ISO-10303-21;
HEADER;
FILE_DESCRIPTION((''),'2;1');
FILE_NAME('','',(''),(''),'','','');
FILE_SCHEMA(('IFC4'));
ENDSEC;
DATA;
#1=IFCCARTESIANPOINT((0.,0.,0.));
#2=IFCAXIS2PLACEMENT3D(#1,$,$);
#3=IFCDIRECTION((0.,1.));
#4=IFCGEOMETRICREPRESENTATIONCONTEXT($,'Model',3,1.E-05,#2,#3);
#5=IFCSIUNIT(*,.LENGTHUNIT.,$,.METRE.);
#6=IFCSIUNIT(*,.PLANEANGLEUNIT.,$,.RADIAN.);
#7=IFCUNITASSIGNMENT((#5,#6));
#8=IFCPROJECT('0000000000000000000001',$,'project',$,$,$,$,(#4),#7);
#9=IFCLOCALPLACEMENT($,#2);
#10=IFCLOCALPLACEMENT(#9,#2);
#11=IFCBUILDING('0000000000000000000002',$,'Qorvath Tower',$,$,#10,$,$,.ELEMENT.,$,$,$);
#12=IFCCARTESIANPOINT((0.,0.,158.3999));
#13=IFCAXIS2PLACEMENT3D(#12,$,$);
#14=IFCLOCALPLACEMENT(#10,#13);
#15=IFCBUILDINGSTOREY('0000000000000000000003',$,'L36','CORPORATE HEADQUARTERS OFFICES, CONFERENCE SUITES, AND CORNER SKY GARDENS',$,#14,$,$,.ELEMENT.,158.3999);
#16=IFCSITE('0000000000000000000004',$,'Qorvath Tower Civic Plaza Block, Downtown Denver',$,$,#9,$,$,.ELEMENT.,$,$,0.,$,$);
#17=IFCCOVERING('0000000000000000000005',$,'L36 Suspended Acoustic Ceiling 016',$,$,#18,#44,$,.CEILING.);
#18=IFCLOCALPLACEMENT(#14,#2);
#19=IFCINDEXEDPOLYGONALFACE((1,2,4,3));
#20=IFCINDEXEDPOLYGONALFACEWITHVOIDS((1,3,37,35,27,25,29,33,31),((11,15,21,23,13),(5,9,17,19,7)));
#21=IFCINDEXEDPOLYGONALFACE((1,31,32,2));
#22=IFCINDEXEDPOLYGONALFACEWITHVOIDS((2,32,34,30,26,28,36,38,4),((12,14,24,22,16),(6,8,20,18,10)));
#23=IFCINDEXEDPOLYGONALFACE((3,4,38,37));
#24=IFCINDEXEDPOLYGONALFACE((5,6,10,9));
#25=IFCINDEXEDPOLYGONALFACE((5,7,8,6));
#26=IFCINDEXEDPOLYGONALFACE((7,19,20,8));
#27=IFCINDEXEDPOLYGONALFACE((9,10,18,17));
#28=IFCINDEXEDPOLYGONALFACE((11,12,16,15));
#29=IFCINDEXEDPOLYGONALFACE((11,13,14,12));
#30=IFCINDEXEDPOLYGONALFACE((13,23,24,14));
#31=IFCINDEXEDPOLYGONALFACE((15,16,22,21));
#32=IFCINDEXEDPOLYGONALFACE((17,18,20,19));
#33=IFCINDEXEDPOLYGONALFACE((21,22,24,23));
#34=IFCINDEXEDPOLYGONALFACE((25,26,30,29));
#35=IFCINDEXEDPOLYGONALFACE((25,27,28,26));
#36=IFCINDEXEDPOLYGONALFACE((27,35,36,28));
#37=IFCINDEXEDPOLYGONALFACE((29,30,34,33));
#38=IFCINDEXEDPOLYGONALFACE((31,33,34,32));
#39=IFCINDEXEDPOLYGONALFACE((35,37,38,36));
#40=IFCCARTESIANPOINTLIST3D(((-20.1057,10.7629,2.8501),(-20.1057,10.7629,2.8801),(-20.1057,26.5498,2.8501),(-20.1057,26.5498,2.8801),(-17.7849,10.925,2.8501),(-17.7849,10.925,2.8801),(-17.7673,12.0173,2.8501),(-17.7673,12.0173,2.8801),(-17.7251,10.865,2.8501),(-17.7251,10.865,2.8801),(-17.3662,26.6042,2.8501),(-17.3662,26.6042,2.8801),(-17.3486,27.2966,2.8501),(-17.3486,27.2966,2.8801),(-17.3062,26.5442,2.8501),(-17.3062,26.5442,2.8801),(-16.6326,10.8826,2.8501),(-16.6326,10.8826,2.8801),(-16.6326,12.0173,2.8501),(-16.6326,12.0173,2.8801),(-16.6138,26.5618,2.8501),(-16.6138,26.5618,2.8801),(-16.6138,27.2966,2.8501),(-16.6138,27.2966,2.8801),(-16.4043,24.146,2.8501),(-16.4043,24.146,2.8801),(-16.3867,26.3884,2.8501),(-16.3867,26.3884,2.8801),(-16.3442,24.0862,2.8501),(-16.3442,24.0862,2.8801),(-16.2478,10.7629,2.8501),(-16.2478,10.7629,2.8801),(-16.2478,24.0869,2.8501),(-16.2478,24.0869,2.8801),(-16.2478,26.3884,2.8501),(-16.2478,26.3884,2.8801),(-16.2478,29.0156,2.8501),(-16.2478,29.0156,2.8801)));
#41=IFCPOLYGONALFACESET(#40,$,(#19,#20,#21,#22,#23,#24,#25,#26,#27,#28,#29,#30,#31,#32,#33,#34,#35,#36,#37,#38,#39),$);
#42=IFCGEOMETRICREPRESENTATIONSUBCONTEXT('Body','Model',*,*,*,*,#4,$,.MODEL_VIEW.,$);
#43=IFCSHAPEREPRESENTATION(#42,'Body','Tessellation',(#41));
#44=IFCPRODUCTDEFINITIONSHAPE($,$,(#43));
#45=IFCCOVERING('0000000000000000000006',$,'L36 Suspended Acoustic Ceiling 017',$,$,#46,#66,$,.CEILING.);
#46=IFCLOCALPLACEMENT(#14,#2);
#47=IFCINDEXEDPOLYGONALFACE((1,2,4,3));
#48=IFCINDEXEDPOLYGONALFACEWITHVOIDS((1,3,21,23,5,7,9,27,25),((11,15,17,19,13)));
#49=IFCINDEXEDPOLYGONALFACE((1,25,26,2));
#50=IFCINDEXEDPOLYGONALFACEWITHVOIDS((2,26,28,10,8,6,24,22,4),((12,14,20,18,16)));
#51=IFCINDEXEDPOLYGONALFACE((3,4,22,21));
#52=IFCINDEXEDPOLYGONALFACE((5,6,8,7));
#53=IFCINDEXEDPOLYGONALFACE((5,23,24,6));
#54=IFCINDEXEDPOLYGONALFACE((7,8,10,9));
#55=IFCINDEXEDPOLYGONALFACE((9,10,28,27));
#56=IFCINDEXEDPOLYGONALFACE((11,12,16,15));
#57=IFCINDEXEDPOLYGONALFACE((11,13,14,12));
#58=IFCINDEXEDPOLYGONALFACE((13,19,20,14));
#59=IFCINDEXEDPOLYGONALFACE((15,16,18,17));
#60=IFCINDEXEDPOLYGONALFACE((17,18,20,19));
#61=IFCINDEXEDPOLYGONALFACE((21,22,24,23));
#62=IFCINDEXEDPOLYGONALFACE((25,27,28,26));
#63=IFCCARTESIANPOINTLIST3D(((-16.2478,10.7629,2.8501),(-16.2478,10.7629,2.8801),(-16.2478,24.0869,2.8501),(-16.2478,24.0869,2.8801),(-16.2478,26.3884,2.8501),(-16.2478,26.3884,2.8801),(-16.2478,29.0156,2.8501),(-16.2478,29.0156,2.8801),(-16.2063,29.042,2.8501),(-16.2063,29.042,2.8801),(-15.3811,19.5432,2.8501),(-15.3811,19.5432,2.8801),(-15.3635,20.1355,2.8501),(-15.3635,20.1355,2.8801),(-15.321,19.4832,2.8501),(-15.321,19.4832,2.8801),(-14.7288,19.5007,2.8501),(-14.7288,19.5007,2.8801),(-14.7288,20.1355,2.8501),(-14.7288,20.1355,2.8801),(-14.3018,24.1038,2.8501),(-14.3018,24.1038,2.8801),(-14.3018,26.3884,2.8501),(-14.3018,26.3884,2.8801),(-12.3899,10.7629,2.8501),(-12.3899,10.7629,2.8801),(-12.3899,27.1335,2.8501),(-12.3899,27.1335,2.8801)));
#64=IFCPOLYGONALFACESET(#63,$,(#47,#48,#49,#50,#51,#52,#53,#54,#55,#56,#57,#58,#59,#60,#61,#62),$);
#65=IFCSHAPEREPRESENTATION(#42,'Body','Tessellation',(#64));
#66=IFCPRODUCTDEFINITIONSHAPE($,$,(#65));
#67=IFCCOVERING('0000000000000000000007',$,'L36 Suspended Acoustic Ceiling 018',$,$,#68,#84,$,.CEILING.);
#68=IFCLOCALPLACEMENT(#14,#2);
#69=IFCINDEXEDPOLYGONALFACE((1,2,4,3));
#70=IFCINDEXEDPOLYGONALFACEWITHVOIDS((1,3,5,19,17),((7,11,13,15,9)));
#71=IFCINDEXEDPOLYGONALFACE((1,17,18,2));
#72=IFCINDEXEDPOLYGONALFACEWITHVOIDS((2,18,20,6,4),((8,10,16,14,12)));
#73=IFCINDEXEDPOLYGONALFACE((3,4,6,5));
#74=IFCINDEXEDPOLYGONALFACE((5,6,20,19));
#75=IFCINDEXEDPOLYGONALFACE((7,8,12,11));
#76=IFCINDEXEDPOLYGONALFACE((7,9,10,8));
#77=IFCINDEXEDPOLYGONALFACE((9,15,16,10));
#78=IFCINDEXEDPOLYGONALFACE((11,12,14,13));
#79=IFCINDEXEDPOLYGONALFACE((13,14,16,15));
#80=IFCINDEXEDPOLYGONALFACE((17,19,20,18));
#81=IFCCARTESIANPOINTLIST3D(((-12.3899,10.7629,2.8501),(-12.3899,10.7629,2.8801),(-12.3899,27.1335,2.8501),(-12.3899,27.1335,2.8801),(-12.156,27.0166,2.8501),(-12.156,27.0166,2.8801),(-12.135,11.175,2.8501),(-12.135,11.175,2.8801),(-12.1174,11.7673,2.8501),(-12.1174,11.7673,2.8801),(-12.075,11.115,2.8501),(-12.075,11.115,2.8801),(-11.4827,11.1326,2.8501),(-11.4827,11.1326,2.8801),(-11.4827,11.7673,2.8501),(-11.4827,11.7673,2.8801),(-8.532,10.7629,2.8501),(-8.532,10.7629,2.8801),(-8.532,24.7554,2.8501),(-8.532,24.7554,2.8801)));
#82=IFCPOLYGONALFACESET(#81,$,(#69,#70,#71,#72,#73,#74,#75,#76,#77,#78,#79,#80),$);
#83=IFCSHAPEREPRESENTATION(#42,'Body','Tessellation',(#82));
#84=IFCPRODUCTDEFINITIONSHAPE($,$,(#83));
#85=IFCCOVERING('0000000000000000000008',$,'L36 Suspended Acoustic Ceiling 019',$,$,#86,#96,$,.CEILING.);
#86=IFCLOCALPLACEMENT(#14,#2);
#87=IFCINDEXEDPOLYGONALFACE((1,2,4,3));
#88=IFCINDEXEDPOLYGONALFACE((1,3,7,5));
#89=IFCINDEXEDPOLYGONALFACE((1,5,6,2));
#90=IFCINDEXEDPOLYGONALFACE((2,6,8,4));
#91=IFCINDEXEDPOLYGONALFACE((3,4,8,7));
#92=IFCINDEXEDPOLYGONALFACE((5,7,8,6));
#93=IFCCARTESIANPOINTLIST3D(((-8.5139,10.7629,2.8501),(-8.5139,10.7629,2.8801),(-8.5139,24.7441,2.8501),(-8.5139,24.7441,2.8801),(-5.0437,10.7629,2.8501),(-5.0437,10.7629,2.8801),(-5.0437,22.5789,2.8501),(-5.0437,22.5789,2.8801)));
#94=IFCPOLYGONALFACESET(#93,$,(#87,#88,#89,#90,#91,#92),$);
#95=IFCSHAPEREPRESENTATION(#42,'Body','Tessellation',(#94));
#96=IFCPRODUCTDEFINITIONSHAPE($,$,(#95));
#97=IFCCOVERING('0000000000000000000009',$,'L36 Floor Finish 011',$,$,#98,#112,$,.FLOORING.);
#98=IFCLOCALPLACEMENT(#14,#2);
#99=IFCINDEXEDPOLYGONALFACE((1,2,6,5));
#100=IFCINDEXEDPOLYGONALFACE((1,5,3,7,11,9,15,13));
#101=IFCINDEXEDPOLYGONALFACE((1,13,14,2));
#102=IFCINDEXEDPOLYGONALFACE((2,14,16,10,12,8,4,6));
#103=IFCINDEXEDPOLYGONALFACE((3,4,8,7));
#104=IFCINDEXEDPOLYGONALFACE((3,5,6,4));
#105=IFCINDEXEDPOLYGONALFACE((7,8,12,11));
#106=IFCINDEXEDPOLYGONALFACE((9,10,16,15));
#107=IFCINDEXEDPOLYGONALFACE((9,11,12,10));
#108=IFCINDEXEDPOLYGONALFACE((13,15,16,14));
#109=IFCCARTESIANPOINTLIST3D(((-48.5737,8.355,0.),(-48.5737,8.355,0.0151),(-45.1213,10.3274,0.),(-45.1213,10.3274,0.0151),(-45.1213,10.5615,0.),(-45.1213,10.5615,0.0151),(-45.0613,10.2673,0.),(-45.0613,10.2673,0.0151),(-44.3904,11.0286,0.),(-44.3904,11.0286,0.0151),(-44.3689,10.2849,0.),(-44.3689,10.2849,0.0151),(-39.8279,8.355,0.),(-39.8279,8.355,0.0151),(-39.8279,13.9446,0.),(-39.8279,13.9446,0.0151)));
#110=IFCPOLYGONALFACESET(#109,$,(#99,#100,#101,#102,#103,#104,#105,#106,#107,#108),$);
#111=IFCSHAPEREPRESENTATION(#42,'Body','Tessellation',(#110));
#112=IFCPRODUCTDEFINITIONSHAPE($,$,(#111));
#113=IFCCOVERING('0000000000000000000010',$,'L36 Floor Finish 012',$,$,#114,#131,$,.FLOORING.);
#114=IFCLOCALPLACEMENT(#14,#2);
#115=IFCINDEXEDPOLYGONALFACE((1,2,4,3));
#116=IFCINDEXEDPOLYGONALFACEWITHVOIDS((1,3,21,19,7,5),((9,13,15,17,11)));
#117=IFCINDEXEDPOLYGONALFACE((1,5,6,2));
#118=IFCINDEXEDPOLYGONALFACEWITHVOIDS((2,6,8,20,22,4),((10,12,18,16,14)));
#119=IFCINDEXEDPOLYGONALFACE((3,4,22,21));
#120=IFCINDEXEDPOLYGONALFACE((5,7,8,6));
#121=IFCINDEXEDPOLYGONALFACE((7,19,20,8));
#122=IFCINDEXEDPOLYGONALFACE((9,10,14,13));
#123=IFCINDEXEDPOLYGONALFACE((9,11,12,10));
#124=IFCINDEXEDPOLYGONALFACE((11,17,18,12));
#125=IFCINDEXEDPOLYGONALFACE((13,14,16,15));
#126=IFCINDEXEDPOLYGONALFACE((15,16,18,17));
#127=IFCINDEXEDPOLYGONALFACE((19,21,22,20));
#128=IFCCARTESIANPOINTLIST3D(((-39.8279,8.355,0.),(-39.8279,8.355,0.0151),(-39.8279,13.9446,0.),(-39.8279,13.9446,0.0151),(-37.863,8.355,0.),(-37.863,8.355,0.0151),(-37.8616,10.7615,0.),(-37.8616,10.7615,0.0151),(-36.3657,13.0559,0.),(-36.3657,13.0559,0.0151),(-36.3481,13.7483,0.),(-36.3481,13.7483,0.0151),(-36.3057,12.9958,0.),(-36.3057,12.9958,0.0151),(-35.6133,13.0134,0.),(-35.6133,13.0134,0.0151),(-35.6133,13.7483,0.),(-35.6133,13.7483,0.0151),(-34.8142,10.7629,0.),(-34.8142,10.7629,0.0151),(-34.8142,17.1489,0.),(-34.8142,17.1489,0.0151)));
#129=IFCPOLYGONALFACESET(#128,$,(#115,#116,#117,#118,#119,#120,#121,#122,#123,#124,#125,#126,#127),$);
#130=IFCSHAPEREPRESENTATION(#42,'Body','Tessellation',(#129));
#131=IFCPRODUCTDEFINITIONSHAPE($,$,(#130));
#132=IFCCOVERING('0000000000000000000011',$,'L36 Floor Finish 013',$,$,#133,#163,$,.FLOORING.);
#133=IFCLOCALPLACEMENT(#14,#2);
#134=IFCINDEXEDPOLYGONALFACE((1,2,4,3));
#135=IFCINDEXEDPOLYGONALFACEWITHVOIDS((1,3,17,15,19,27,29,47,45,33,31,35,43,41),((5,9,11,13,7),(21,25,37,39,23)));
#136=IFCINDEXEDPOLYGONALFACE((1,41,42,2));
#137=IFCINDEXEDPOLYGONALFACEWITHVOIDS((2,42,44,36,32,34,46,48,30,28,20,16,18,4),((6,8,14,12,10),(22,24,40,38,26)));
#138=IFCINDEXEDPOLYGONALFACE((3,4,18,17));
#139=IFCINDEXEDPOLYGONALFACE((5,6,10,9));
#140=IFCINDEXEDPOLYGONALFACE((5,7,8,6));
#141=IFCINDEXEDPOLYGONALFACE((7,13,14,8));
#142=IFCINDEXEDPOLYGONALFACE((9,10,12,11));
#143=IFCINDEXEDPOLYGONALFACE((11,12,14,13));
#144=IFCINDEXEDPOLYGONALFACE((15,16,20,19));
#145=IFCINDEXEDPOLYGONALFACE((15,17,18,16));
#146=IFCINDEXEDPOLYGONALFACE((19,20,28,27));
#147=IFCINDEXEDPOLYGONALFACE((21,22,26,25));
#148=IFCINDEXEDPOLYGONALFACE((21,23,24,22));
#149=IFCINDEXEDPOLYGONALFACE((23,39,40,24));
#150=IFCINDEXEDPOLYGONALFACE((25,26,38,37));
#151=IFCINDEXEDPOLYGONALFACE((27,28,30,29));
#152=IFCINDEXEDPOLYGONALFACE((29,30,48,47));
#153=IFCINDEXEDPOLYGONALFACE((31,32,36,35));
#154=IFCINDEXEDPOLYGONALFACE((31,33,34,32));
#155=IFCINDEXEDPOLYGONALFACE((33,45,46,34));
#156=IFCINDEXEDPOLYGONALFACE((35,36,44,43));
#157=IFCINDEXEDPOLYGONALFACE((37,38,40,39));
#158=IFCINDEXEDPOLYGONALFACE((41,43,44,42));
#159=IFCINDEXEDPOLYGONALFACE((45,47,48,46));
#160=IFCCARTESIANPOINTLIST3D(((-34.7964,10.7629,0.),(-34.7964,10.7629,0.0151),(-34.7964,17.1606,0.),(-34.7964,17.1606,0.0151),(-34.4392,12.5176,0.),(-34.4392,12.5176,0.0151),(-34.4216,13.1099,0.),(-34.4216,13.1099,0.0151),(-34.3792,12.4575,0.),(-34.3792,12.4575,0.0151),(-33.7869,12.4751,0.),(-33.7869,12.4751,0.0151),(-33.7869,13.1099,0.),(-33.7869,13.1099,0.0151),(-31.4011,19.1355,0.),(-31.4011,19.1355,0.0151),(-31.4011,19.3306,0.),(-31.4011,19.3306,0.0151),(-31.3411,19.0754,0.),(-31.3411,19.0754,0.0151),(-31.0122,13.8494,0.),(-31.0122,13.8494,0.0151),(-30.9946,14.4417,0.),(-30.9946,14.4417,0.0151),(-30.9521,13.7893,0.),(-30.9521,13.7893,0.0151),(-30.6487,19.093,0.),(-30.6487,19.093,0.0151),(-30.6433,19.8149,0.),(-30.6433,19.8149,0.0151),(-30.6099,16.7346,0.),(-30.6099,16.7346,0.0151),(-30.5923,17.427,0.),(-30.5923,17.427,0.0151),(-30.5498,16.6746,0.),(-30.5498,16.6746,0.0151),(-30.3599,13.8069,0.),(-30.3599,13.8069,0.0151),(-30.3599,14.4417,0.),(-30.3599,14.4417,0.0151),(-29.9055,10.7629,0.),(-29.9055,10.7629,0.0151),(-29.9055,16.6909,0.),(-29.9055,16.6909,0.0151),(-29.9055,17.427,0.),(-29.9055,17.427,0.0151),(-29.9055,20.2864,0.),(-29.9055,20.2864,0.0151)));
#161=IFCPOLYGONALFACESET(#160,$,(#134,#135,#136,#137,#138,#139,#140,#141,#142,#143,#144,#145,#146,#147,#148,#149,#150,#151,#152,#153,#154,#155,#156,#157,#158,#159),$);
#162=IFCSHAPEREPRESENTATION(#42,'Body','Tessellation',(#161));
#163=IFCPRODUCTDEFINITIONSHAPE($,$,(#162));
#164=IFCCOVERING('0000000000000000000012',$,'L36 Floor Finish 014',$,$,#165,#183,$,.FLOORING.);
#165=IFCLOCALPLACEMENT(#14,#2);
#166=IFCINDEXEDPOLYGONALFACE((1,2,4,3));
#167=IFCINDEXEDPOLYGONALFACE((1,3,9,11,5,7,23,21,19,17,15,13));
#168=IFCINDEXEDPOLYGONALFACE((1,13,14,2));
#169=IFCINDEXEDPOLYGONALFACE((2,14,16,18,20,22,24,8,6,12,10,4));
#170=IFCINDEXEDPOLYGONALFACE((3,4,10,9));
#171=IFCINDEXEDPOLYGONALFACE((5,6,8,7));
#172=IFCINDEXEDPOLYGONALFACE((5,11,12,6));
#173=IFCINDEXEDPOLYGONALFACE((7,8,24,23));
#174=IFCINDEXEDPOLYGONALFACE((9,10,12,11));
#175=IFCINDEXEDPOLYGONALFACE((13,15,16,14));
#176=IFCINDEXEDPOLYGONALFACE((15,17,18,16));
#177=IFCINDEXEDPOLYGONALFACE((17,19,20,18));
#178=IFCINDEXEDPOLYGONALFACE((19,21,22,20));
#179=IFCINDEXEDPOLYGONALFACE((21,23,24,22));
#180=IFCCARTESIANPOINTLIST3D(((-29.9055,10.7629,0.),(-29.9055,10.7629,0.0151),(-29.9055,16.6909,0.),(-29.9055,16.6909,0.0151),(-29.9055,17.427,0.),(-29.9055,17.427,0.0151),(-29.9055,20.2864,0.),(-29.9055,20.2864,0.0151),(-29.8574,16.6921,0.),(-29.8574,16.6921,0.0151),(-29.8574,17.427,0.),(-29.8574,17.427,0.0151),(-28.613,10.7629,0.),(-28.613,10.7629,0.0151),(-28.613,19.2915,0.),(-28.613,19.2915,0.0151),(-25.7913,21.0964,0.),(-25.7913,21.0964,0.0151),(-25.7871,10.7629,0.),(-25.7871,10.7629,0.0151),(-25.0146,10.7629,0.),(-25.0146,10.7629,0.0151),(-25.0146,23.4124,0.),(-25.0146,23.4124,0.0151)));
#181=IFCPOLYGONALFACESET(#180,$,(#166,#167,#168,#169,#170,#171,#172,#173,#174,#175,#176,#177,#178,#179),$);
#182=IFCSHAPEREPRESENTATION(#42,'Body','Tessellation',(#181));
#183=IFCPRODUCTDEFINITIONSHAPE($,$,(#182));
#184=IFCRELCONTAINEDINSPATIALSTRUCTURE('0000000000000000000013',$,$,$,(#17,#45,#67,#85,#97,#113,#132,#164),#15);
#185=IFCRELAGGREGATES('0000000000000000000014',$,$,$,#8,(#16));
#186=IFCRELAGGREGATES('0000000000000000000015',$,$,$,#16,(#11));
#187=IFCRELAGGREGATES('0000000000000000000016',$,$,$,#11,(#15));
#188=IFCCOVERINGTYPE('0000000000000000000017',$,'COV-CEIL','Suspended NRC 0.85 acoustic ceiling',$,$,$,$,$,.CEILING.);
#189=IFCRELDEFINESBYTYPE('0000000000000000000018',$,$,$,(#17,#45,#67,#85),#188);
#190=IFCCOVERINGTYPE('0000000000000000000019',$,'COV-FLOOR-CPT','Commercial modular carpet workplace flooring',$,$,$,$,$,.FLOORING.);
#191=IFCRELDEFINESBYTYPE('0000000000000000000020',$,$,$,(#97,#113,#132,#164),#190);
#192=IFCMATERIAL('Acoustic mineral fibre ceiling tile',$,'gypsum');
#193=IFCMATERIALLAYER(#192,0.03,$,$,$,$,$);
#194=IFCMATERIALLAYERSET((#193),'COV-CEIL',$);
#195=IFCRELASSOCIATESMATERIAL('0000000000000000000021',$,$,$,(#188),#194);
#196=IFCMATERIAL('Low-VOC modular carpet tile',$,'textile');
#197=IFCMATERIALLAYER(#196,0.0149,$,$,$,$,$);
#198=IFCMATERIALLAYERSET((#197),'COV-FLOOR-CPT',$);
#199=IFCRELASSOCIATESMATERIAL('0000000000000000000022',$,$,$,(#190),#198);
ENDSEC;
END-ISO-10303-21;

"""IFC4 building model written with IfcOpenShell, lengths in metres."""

from ifc_helpers import new_model, si_unit, direction, frame, origin, place, context, subcontext, project, spatial, polyline, outline, extrude, material, layer, layer_set, type_object, element, save


model = new_model("IFC4")

# Units and contexts
model_context = context("Model", 3, precision=1e-05, world=origin(), true_north=direction((0.0, 1.0)))
body_context = subcontext(model_context, "Body", "Model", "MODEL_VIEW")
ifc_project = project(units=[si_unit("LENGTHUNIT", "METRE"), si_unit("PLANEANGLEUNIT", "RADIAN")], contexts=[model_context])

# Site, building, storey
site_placement = place(None, origin())
site = spatial("IfcSite", under=ifc_project, at=site_placement, Name="Qorvath Tower Civic Plaza Block, Downtown Denver", CompositionType="ELEMENT", RefElevation=0.0)
building_placement = place(site_placement, origin())
building = spatial("IfcBuilding", under=site, at=building_placement, Name="Qorvath Tower", CompositionType="ELEMENT")
storey_placement = place(building_placement, frame((0.0, 0.0, 158.3999)))
storey = spatial("IfcBuildingStorey", under=building, at=storey_placement, Name="L36", Description="CORPORATE HEADQUARTERS OFFICES, CONFERENCE SUITES, AND CORNER SKY GARDENS", CompositionType="ELEMENT", Elevation=158.3999)

# Coverings
ifc_material_1 = material(Name="Acoustic mineral fibre ceiling tile", Category="gypsum")
ifc_layer_1 = layer(ifc_material_1, 0.03)
ifc_layer_set_1 = layer_set([ifc_layer_1], Name="COV-CEIL")
covering_type_1 = type_object("IfcCoveringType", Name="COV-CEIL", Description="Suspended NRC 0.85 acoustic ceiling", PredefinedType="CEILING", material=ifc_layer_set_1)
covering_1_placement = place(storey_placement, frame((0.0, 0.0, 2.8501)))
element("IfcCovering", 1, at=covering_1_placement, inside=storey, type_object=covering_type_1, Name="L36 Suspended Acoustic Ceiling 016", PredefinedType="CEILING", context=body_context, shape_type="SweptSolid", body=[
    extrude(outline(polyline([(-16.2478, 10.7629), (-16.2478, 24.0869), (-16.3442, 24.0862), (-16.4043, 24.146), (-16.3867, 26.3884), (-16.2478, 26.3884), (-16.2478, 29.0156), (-20.1057, 26.5498), (-20.1057, 10.7629), (-16.2478, 10.7629)]), holes=[polyline([(-17.3662, 26.6042), (-17.3486, 27.2966), (-16.6138, 27.2966), (-16.6138, 26.5618), (-17.3062, 26.5442), (-17.3662, 26.6042)]), polyline([(-17.7849, 10.925), (-17.7673, 12.0173), (-16.6326, 12.0173), (-16.6326, 10.8826), (-17.7251, 10.865), (-17.7849, 10.925)])]), origin(), (0.0, 0.0, 1.0), 0.03),
])
covering_2_placement = place(storey_placement, frame((0.0, 0.0, 2.8501)))
element("IfcCovering", 2, at=covering_2_placement, inside=storey, type_object=covering_type_1, Name="L36 Suspended Acoustic Ceiling 017", PredefinedType="CEILING", context=body_context, shape_type="SweptSolid", body=[
    extrude(outline(polyline([(-12.3899, 10.7629), (-12.3899, 27.1335), (-16.2063, 29.042), (-16.2478, 29.0156), (-16.2478, 26.3884), (-14.3018, 26.3884), (-14.3018, 24.1038), (-16.2478, 24.0869), (-16.2478, 10.7629), (-12.3899, 10.7629)]), holes=[polyline([(-15.3811, 19.5432), (-15.3635, 20.1355), (-14.7288, 20.1355), (-14.7288, 19.5007), (-15.321, 19.4832), (-15.3811, 19.5432)])]), origin(), (0.0, 0.0, 1.0), 0.03),
])
covering_3_placement = place(storey_placement, frame((0.0, 0.0, 2.8501)))
element("IfcCovering", 3, at=covering_3_placement, inside=storey, type_object=covering_type_1, Name="L36 Suspended Acoustic Ceiling 018", PredefinedType="CEILING", context=body_context, shape_type="SweptSolid", body=[
    extrude(outline(polyline([(-8.532, 10.7629), (-8.532, 24.7554), (-12.156, 27.0166), (-12.3899, 27.1335), (-12.3899, 10.7629), (-8.532, 10.7629)]), holes=[polyline([(-12.135, 11.175), (-12.1174, 11.7673), (-11.4827, 11.7673), (-11.4827, 11.1326), (-12.075, 11.115), (-12.135, 11.175)])]), origin(), (0.0, 0.0, 1.0), 0.03),
])
covering_4_placement = place(storey_placement, frame((0.0, 0.0, 2.8501)))
element("IfcCovering", 4, at=covering_4_placement, inside=storey, type_object=covering_type_1, Name="L36 Suspended Acoustic Ceiling 019", PredefinedType="CEILING", context=body_context, shape_type="SweptSolid", body=[
    extrude(outline(polyline([(-5.0437, 10.7629), (-5.0437, 22.5789), (-8.5139, 24.7441), (-8.5139, 10.7629), (-5.0437, 10.7629)])), origin(), (0.0, 0.0, 1.0), 0.03),
])
ifc_material_2 = material(Name="Low-VOC modular carpet tile", Category="textile")
ifc_layer_2 = layer(ifc_material_2, 0.0149)
ifc_layer_set_2 = layer_set([ifc_layer_2], Name="COV-FLOOR-CPT")
covering_type_2 = type_object("IfcCoveringType", Name="COV-FLOOR-CPT", Description="Commercial modular carpet workplace flooring", PredefinedType="FLOORING", material=ifc_layer_set_2)
covering_5_placement = place(storey_placement, origin())
element("IfcCovering", 5, at=covering_5_placement, inside=storey, type_object=covering_type_2, Name="L36 Floor Finish 011", PredefinedType="FLOORING", context=body_context, shape_type="SweptSolid", body=[
    extrude(outline(polyline([(-39.8279, 8.355), (-39.8279, 13.9446), (-44.3904, 11.0286), (-44.3689, 10.2849), (-45.0613, 10.2673), (-45.1213, 10.3274), (-45.1213, 10.5615), (-48.5737, 8.355), (-39.8279, 8.355)])), origin(), (0.0, 0.0, 1.0), 0.0151),
])
covering_6_placement = place(storey_placement, origin())
element("IfcCovering", 6, at=covering_6_placement, inside=storey, type_object=covering_type_2, Name="L36 Floor Finish 012", PredefinedType="FLOORING", context=body_context, shape_type="SweptSolid", body=[
    extrude(outline(polyline([(-34.8142, 10.7629), (-34.8142, 17.1489), (-39.8279, 13.9446), (-39.8279, 8.355), (-37.863, 8.355), (-37.8616, 10.7615), (-34.8142, 10.7629)]), holes=[polyline([(-36.3657, 13.0559), (-36.3481, 13.7483), (-35.6133, 13.7483), (-35.6133, 13.0134), (-36.3057, 12.9958), (-36.3657, 13.0559)])]), origin(), (0.0, 0.0, 1.0), 0.0151),
])
covering_7_placement = place(storey_placement, origin())
element("IfcCovering", 7, at=covering_7_placement, inside=storey, type_object=covering_type_2, Name="L36 Floor Finish 013", PredefinedType="FLOORING", context=body_context, shape_type="SweptSolid", body=[
    extrude(outline(polyline([(-29.9055, 10.7629), (-29.9055, 16.6909), (-30.5498, 16.6746), (-30.6099, 16.7346), (-30.5923, 17.427), (-29.9055, 17.427), (-29.9055, 20.2864), (-30.6433, 19.8149), (-30.6487, 19.093), (-31.3411, 19.0754), (-31.4011, 19.1355), (-31.4011, 19.3306), (-34.7964, 17.1606), (-34.7964, 10.7629), (-29.9055, 10.7629)]), holes=[polyline([(-31.0122, 13.8494), (-30.9946, 14.4417), (-30.3599, 14.4417), (-30.3599, 13.8069), (-30.9521, 13.7893), (-31.0122, 13.8494)]), polyline([(-34.4392, 12.5176), (-34.4216, 13.1099), (-33.7869, 13.1099), (-33.7869, 12.4751), (-34.3792, 12.4575), (-34.4392, 12.5176)])]), origin(), (0.0, 0.0, 1.0), 0.0151),
])
covering_8_placement = place(storey_placement, origin())
element("IfcCovering", 8, at=covering_8_placement, inside=storey, type_object=covering_type_2, Name="L36 Floor Finish 014", PredefinedType="FLOORING", context=body_context, shape_type="SweptSolid", body=[
    extrude(outline(polyline([(-25.0146, 10.7629), (-25.0146, 23.4124), (-29.9055, 20.2864), (-29.9055, 17.427), (-29.8574, 17.427), (-29.8574, 16.6921), (-29.9055, 16.6909), (-29.9055, 10.7629), (-28.613, 10.7629), (-28.613, 19.2915), (-25.7913, 21.0964), (-25.7871, 10.7629), (-25.0146, 10.7629)])), origin(), (0.0, 0.0, 1.0), 0.0151),
])

save(model, "model.ifc")
